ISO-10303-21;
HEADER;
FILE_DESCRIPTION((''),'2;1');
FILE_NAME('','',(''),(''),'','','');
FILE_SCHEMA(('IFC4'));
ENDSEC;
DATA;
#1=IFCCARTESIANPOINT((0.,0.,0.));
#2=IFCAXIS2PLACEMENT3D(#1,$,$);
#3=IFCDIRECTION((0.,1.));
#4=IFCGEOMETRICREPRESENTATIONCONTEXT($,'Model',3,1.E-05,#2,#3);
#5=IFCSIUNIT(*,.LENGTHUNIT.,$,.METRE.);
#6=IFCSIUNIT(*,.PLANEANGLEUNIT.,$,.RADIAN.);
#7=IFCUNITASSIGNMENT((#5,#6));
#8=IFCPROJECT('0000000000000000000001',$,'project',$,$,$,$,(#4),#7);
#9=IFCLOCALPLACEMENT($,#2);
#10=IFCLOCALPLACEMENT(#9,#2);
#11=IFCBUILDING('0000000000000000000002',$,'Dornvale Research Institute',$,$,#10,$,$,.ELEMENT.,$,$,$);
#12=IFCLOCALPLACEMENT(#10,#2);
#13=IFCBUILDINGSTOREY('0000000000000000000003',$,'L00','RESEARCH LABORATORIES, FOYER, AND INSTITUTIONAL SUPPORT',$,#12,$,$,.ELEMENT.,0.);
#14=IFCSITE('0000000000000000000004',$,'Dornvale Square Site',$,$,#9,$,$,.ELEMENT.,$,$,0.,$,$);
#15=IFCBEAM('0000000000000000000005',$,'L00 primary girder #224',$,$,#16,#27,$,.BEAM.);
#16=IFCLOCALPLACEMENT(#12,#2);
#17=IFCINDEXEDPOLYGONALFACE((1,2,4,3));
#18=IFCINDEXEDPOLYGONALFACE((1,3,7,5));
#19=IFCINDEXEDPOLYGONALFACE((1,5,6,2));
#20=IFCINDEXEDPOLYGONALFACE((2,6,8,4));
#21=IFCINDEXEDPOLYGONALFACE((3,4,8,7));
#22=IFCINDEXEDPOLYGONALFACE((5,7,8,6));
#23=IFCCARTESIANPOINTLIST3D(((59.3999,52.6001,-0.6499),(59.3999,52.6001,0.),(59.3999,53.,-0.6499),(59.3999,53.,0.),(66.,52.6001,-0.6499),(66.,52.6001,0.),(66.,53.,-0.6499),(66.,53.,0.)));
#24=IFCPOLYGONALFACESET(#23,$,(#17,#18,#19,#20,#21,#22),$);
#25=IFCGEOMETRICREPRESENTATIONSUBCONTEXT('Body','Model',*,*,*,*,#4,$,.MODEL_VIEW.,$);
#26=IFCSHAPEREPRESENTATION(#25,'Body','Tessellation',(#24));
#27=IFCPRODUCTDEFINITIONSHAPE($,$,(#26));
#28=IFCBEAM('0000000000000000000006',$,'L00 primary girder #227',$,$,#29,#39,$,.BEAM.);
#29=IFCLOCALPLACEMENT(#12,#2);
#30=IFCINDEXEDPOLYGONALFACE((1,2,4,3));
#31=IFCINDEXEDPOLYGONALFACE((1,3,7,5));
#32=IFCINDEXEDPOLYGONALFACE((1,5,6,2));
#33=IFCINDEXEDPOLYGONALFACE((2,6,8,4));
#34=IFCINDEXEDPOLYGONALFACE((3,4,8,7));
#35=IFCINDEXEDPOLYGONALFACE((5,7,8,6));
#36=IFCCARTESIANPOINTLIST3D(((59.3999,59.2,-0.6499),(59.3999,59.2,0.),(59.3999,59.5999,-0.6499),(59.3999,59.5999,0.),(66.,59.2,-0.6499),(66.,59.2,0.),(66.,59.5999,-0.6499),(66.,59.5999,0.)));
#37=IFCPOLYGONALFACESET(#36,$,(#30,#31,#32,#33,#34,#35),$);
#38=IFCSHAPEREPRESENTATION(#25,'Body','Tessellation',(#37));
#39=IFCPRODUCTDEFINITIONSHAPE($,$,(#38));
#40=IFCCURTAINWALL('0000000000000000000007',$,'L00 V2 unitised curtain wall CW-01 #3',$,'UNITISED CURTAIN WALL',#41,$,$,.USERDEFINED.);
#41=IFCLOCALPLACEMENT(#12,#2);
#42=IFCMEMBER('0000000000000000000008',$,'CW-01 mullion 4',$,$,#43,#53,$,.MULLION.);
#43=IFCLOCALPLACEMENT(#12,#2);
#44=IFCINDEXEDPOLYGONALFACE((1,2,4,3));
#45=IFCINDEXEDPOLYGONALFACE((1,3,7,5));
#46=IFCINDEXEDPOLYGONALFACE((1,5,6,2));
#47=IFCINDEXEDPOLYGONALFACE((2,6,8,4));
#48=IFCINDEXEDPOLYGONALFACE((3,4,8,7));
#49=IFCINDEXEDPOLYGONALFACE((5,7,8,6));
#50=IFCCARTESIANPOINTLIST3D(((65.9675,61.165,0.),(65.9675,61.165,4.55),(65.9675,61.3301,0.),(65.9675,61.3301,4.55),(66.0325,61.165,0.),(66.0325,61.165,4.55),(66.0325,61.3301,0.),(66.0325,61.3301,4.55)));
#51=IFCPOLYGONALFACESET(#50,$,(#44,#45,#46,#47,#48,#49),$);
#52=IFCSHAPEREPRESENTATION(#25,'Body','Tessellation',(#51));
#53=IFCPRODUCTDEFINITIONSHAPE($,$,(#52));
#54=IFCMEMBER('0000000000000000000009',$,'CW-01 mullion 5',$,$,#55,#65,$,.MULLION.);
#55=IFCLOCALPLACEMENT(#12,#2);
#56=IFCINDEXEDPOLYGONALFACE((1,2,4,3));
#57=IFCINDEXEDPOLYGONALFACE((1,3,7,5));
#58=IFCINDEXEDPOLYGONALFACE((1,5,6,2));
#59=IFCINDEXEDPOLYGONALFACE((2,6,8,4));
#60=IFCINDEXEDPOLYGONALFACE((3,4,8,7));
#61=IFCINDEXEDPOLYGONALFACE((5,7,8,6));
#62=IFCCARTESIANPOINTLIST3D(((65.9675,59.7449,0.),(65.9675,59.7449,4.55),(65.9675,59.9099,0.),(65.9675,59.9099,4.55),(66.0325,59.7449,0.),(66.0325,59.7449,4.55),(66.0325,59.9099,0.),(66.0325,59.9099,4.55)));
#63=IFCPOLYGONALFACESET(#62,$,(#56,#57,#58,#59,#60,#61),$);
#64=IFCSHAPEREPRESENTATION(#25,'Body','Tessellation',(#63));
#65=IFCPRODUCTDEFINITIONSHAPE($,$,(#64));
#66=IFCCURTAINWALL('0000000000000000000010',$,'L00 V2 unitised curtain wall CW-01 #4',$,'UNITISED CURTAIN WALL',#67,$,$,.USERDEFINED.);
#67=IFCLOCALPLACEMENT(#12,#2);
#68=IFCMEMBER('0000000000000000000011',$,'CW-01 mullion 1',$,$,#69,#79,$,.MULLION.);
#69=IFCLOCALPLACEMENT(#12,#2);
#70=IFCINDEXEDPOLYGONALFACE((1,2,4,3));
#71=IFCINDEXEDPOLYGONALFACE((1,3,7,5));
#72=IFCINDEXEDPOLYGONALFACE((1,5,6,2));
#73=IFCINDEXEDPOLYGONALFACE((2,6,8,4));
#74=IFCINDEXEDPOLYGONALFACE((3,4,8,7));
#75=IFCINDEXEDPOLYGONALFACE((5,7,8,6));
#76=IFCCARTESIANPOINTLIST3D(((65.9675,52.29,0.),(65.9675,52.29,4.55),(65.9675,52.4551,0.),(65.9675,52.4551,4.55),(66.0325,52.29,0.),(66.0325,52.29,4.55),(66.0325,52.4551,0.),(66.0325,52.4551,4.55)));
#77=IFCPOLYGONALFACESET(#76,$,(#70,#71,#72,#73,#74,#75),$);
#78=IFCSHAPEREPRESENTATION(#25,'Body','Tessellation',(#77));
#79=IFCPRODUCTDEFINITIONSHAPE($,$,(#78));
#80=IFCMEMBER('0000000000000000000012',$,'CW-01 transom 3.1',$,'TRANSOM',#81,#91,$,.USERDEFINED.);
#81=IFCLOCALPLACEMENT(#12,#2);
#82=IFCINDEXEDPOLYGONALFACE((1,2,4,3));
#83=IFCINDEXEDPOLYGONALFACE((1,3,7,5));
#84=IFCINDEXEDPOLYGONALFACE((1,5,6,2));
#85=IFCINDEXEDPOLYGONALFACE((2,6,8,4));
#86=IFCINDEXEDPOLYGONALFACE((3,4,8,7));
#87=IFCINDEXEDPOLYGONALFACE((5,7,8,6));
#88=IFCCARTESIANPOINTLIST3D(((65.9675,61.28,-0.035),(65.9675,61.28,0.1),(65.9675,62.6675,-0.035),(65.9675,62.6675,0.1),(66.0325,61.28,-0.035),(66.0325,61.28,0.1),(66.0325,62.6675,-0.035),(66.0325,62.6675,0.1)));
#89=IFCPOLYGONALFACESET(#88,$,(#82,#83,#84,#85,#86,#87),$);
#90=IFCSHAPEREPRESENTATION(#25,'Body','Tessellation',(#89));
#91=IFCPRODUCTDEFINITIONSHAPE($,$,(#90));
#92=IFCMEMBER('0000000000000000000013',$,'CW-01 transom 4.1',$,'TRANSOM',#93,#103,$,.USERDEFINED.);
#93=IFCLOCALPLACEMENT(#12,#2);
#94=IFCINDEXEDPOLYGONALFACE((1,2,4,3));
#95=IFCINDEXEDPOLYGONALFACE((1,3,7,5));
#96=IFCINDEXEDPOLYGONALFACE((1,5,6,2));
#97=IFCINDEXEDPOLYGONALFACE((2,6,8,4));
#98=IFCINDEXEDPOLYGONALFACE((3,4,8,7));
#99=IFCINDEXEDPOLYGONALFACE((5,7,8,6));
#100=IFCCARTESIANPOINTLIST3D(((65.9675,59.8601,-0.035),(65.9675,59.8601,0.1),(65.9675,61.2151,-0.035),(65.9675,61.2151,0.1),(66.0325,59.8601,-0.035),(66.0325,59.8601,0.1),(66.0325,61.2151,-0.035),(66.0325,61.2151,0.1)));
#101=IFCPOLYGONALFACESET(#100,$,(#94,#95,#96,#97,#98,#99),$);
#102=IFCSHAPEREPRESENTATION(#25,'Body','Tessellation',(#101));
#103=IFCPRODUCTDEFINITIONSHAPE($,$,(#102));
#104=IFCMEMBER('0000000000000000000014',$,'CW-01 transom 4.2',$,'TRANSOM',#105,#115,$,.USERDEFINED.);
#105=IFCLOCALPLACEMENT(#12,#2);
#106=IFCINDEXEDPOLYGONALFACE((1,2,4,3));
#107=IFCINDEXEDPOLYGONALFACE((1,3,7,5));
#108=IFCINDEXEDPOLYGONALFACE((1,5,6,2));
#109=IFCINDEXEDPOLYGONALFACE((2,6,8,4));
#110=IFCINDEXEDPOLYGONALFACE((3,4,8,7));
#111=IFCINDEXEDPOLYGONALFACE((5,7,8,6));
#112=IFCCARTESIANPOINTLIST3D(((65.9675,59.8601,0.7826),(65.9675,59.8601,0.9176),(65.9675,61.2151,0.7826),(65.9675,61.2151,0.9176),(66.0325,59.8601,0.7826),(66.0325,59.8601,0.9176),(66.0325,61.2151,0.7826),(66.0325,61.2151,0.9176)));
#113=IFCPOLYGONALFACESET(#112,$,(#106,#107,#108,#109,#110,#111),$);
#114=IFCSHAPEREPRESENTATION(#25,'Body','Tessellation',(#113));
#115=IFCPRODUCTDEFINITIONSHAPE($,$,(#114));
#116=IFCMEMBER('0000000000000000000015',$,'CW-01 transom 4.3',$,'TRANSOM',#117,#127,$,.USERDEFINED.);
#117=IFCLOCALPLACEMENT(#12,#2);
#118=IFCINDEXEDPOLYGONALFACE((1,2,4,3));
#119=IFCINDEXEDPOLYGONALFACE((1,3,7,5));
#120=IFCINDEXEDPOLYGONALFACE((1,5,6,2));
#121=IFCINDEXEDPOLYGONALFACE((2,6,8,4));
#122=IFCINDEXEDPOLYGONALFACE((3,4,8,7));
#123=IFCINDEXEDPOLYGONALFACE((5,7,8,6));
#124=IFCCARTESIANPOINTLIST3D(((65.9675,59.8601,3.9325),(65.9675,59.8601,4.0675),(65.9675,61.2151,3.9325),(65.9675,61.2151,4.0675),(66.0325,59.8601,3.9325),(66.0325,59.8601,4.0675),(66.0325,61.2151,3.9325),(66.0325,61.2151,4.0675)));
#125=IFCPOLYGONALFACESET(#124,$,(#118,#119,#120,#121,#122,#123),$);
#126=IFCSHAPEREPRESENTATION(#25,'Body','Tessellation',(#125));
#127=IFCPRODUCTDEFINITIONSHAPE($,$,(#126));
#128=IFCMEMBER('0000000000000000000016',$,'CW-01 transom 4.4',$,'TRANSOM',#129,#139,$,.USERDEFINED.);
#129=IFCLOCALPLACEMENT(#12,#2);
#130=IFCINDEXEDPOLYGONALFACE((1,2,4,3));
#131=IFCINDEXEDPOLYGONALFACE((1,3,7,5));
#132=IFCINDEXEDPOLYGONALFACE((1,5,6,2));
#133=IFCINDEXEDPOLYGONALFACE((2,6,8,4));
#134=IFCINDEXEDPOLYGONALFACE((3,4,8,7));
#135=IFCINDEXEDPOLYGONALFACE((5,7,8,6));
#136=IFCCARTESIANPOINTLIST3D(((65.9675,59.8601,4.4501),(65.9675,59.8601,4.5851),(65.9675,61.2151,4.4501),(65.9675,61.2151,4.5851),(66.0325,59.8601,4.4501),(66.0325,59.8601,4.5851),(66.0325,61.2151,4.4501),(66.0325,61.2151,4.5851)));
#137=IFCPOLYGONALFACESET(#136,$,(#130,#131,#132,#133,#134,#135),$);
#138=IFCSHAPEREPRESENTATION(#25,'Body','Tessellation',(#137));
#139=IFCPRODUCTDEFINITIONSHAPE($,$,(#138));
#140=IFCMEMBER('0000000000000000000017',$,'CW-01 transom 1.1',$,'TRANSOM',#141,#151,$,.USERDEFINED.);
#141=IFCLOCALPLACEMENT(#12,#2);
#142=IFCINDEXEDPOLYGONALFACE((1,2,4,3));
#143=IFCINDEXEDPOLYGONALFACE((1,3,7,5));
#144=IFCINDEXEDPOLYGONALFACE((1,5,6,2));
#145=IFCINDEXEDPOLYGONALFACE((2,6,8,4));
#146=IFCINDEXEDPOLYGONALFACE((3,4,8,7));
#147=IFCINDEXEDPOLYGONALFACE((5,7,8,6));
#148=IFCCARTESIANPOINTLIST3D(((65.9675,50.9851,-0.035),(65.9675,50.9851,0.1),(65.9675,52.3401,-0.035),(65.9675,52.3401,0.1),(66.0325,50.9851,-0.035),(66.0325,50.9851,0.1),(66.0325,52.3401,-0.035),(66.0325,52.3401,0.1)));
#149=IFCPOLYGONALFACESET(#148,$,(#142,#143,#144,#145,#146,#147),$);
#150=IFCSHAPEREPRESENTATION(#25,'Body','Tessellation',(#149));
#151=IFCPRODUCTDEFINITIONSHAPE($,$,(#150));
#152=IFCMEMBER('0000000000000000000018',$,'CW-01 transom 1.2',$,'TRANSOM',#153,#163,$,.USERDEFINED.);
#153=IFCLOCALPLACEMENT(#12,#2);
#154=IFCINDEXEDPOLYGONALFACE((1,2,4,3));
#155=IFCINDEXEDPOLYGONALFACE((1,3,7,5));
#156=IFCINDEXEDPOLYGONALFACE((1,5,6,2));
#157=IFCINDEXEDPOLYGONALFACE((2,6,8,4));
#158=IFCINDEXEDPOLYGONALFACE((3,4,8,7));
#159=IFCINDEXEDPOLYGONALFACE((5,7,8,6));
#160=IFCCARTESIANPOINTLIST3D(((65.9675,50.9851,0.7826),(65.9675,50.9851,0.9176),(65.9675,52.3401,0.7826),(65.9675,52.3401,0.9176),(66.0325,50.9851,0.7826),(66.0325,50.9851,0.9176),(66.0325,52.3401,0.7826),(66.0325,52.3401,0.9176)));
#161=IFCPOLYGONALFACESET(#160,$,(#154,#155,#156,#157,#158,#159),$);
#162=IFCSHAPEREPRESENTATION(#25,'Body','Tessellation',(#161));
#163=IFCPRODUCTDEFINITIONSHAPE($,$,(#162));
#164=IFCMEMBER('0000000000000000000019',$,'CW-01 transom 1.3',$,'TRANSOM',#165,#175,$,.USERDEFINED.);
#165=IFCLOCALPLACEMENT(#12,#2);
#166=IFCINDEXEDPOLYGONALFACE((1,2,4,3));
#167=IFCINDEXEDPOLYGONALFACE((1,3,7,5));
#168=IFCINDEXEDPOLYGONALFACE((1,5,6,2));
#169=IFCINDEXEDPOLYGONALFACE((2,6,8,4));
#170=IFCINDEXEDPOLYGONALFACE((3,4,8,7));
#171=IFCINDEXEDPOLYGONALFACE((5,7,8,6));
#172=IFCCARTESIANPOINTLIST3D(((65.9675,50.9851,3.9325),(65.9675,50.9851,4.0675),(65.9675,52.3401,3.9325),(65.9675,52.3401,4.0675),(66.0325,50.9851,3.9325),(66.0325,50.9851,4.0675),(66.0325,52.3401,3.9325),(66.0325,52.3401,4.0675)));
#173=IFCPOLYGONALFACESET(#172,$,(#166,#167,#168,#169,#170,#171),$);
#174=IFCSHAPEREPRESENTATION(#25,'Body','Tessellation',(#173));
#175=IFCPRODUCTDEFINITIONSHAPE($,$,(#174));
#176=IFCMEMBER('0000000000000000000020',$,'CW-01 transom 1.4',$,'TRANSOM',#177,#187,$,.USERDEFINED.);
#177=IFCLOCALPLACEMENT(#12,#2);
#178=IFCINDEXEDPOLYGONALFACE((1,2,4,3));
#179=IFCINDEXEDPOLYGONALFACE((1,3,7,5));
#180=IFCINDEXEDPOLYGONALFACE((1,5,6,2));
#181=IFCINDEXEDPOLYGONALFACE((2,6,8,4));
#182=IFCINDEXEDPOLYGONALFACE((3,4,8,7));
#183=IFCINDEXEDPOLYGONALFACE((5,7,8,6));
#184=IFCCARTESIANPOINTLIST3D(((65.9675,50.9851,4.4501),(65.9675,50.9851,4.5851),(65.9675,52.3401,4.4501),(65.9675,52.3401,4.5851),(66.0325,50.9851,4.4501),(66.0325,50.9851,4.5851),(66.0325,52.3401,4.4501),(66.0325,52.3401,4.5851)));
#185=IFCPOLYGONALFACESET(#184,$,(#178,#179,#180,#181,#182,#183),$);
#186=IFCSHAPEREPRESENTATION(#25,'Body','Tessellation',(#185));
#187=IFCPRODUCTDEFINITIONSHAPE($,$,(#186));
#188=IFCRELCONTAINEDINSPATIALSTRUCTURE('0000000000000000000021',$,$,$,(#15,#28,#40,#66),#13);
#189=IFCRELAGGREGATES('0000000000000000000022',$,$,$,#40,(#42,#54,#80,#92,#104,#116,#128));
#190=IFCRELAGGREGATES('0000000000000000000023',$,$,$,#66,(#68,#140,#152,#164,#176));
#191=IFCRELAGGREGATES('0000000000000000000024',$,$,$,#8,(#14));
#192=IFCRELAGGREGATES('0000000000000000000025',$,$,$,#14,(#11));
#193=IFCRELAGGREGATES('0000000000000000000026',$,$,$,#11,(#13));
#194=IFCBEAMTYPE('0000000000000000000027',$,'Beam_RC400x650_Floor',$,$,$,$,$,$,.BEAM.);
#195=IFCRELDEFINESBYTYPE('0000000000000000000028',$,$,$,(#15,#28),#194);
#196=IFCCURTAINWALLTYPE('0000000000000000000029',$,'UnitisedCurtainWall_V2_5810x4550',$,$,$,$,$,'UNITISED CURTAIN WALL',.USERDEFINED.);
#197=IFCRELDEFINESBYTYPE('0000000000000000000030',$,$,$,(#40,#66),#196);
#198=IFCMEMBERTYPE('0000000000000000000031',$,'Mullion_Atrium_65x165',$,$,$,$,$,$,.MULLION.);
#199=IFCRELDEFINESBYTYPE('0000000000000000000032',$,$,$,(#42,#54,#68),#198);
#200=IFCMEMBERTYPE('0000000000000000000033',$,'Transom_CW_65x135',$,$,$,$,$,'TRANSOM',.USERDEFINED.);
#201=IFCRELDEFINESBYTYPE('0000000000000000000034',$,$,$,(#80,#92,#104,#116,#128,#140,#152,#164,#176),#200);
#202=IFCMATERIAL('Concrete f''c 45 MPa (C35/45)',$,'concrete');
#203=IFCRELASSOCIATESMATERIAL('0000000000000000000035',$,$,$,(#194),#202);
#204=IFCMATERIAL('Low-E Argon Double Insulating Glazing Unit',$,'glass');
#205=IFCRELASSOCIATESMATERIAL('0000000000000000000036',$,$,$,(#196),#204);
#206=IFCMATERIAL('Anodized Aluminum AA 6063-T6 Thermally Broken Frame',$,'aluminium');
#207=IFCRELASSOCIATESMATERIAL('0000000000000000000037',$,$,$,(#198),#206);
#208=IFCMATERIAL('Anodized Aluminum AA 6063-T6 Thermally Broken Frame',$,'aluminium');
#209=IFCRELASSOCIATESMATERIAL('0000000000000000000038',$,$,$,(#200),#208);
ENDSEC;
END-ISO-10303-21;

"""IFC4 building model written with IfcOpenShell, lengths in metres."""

from ifc_helpers import new_model, si_unit, direction, frame, origin, origin_2d, place, context, subcontext, project, spatial, rectangle, extrude, material, material_profile, profile_set, type_object, element, aggregate, save


model = new_model("IFC4")

# Units and contexts
model_context = context("Model", 3, precision=1e-05, world=origin(), true_north=direction((0.0, 1.0)))
body_context = subcontext(model_context, "Body", "Model", "MODEL_VIEW")
ifc_project = project(units=[si_unit("LENGTHUNIT", "METRE"), si_unit("PLANEANGLEUNIT", "RADIAN")], contexts=[model_context])

# Site, building, storey
site_placement = place(None, origin())
site = spatial("IfcSite", under=ifc_project, at=site_placement, Name="Dornvale Square Site", CompositionType="ELEMENT", RefElevation=0.0)
building_placement = place(site_placement, origin())
building = spatial("IfcBuilding", under=site, at=building_placement, Name="Dornvale Research Institute", CompositionType="ELEMENT")
storey_placement = place(building_placement, origin())
storey = spatial("IfcBuildingStorey", under=building, at=storey_placement, Name="L00", Description="RESEARCH LABORATORIES, FOYER, AND INSTITUTIONAL SUPPORT", CompositionType="ELEMENT", Elevation=0.0)

# Beams
ifc_material_1 = material(Name="Concrete f'c 45 MPa (C35/45)", Category="concrete")
ifc_material_profile_1 = material_profile(ifc_material_1, rectangle(XDim=0.3999, YDim=0.6499, at=origin_2d()), Name="RC 400x650")
ifc_profile_set_1 = profile_set([ifc_material_profile_1], Name="Concrete f'c 45 MPa (C35/45)")
beam_type_1 = type_object("IfcBeamType", Name="Beam_RC400x650_Floor", PredefinedType="BEAM", material=ifc_profile_set_1)
for number, where, z_axis, x_axis, name in (
    (1, (59.3999, 52.8, -0.325), (1.0, 0.0, 0.0), (0.0, 1.0, 0.0), "L00 primary girder #224"),
    (2, (59.3999, 59.3999, -0.325), (1.0, 0.0, 0.0), (0.0, 1.0, 0.0), "L00 primary girder #227"),
):
    element("IfcBeam", number, at=place(storey_placement, frame(where, z_axis=z_axis, x_axis=x_axis)), inside=storey, type_object=beam_type_1, Name=name, PredefinedType="BEAM", context=body_context, shape_type="SweptSolid", body=[
        extrude(rectangle(XDim=0.3999, YDim=0.6499, at=origin_2d()), origin(), (0.0, 0.0, 1.0), 6.6001),
    ])

# Curtain wall, members
ifc_material_2 = material(Name="Low-E Argon Double Insulating Glazing Unit", Category="glass")
curtain_wall_type = type_object("IfcCurtainWallType", Name="UnitisedCurtainWall_V2_5810x4550", ElementType="UNITISED CURTAIN WALL", PredefinedType="USERDEFINED", material=ifc_material_2)
curtain_wall_1_placement = place(storey_placement, origin())
curtain_wall_1 = element("IfcCurtainWall", 3, at=curtain_wall_1_placement, inside=storey, type_object=curtain_wall_type, Name="L00 V2 unitised curtain wall CW-01 #3", ObjectType="UNITISED CURTAIN WALL", PredefinedType="USERDEFINED")
ifc_material_3 = material(Name="Anodized Aluminum AA 6063-T6 Thermally Broken Frame", Category="aluminium")
ifc_material_profile_2 = material_profile(ifc_material_3, rectangle(XDim=0.0649, YDim=0.165, at=origin_2d()), Name="ALU MULLION 65x165")
ifc_profile_set_2 = profile_set([ifc_material_profile_2], Name="Anodized Aluminum AA 6063-T6 Thermally Broken Frame")
member_type_1 = type_object("IfcMemberType", Name="Mullion_Atrium_65x165", PredefinedType="MULLION", material=ifc_profile_set_2)
member_1_placement = place(storey_placement, frame((66.0, 61.2476, 0.0), z_axis=(0.0, 0.0, 1.0), x_axis=(1.0, 0.0, 0.0)))
member_1 = element("IfcMember", 4, at=member_1_placement, type_object=member_type_1, Name="CW-01 mullion 4", PredefinedType="MULLION", context=body_context, shape_type="SweptSolid", body=[
    extrude(rectangle(XDim=0.0649, YDim=0.165, at=origin_2d()), origin(), (0.0, 0.0, 1.0), 4.55),
])
member_2_placement = place(storey_placement, frame((66.0, 59.8274, 0.0), z_axis=(0.0, 0.0, 1.0), x_axis=(1.0, 0.0, 0.0)))
member_2 = element("IfcMember", 5, at=member_2_placement, type_object=member_type_1, Name="CW-01 mullion 5", PredefinedType="MULLION", context=body_context, shape_type="SweptSolid", body=[
    extrude(rectangle(XDim=0.0649, YDim=0.165, at=origin_2d()), origin(), (0.0, 0.0, 1.0), 4.55),
])

# Curtain wall, member
curtain_wall_2_placement = place(storey_placement, origin())
curtain_wall_2 = element("IfcCurtainWall", 6, at=curtain_wall_2_placement, inside=storey, type_object=curtain_wall_type, Name="L00 V2 unitised curtain wall CW-01 #4", ObjectType="UNITISED CURTAIN WALL", PredefinedType="USERDEFINED")
member_3_placement = place(storey_placement, frame((66.0, 52.3726, 0.0), z_axis=(0.0, 0.0, 1.0), x_axis=(1.0, 0.0, 0.0)))
member_3 = element("IfcMember", 7, at=member_3_placement, type_object=member_type_1, Name="CW-01 mullion 1", PredefinedType="MULLION", context=body_context, shape_type="SweptSolid", body=[
    extrude(rectangle(XDim=0.0649, YDim=0.165, at=origin_2d()), origin(), (0.0, 0.0, 1.0), 4.55),
])

# Members
ifc_material_4 = material(Name="Anodized Aluminum AA 6063-T6 Thermally Broken Frame", Category="aluminium")
ifc_material_profile_3 = material_profile(ifc_material_4, rectangle(XDim=0.0649, YDim=0.135, at=origin_2d()), Name="ALU TRANSOM 65x135")
ifc_profile_set_3 = profile_set([ifc_material_profile_3], Name="Anodized Aluminum AA 6063-T6 Thermally Broken Frame")
member_type_2 = type_object("IfcMemberType", Name="Transom_CW_65x135", ElementType="TRANSOM", PredefinedType="USERDEFINED", material=ifc_profile_set_3)
member_4_placement = place(storey_placement, frame((66.0, 62.6675, 0.0325), z_axis=(0.0, -1.0, 0.0), x_axis=(1.0, 0.0, 0.0)))
member_4 = element("IfcMember", 8, at=member_4_placement, type_object=member_type_2, Name="CW-01 transom 3.1", ObjectType="TRANSOM", PredefinedType="USERDEFINED", context=body_context, shape_type="SweptSolid", body=[
    extrude(rectangle(XDim=0.0649, YDim=0.135, at=origin_2d()), origin(), (0.0, 0.0, 1.0), 1.3875),
])
member_5_placement = place(storey_placement, frame((66.0, 61.2151, 0.0325), z_axis=(0.0, -1.0, 0.0), x_axis=(1.0, 0.0, 0.0)))
member_5 = element("IfcMember", 9, at=member_5_placement, type_object=member_type_2, Name="CW-01 transom 4.1", ObjectType="TRANSOM", PredefinedType="USERDEFINED", context=body_context, shape_type="SweptSolid", body=[
    extrude(rectangle(XDim=0.0649, YDim=0.135, at=origin_2d()), origin(), (0.0, 0.0, 1.0), 1.355),
])
member_6_placement = place(storey_placement, frame((66.0, 61.2151, 0.8501), z_axis=(0.0, -1.0, 0.0), x_axis=(1.0, 0.0, 0.0)))
member_6 = element("IfcMember", 10, at=member_6_placement, type_object=member_type_2, Name="CW-01 transom 4.2", ObjectType="TRANSOM", PredefinedType="USERDEFINED", context=body_context, shape_type="SweptSolid", body=[
    extrude(rectangle(XDim=0.0649, YDim=0.135, at=origin_2d()), origin(), (0.0, 0.0, 1.0), 1.355),
])
member_7_placement = place(storey_placement, frame((66.0, 61.2151, 4.0), z_axis=(0.0, -1.0, 0.0), x_axis=(1.0, 0.0, 0.0)))
member_7 = element("IfcMember", 11, at=member_7_placement, type_object=member_type_2, Name="CW-01 transom 4.3", ObjectType="TRANSOM", PredefinedType="USERDEFINED", context=body_context, shape_type="SweptSolid", body=[
    extrude(rectangle(XDim=0.0649, YDim=0.135, at=origin_2d()), origin(), (0.0, 0.0, 1.0), 1.355),
])
member_8_placement = place(storey_placement, frame((66.0, 61.2151, 4.5176), z_axis=(0.0, -1.0, 0.0), x_axis=(1.0, 0.0, 0.0)))
member_8 = element("IfcMember", 12, at=member_8_placement, type_object=member_type_2, Name="CW-01 transom 4.4", ObjectType="TRANSOM", PredefinedType="USERDEFINED", context=body_context, shape_type="SweptSolid", body=[
    extrude(rectangle(XDim=0.0649, YDim=0.135, at=origin_2d()), origin(), (0.0, 0.0, 1.0), 1.355),
])
member_9_placement = place(storey_placement, frame((66.0, 52.3401, 0.0325), z_axis=(0.0, -1.0, 0.0), x_axis=(1.0, 0.0, 0.0)))
member_9 = element("IfcMember", 13, at=member_9_placement, type_object=member_type_2, Name="CW-01 transom 1.1", ObjectType="TRANSOM", PredefinedType="USERDEFINED", context=body_context, shape_type="SweptSolid", body=[
    extrude(rectangle(XDim=0.0649, YDim=0.135, at=origin_2d()), origin(), (0.0, 0.0, 1.0), 1.355),
])
member_10_placement = place(storey_placement, frame((66.0, 52.3401, 0.8501), z_axis=(0.0, -1.0, 0.0), x_axis=(1.0, 0.0, 0.0)))
member_10 = element("IfcMember", 14, at=member_10_placement, type_object=member_type_2, Name="CW-01 transom 1.2", ObjectType="TRANSOM", PredefinedType="USERDEFINED", context=body_context, shape_type="SweptSolid", body=[
    extrude(rectangle(XDim=0.0649, YDim=0.135, at=origin_2d()), origin(), (0.0, 0.0, 1.0), 1.355),
])
member_11_placement = place(storey_placement, frame((66.0, 52.3401, 4.0), z_axis=(0.0, -1.0, 0.0), x_axis=(1.0, 0.0, 0.0)))
member_11 = element("IfcMember", 15, at=member_11_placement, type_object=member_type_2, Name="CW-01 transom 1.3", ObjectType="TRANSOM", PredefinedType="USERDEFINED", context=body_context, shape_type="SweptSolid", body=[
    extrude(rectangle(XDim=0.0649, YDim=0.135, at=origin_2d()), origin(), (0.0, 0.0, 1.0), 1.355),
])
member_12_placement = place(storey_placement, frame((66.0, 52.3401, 4.5176), z_axis=(0.0, -1.0, 0.0), x_axis=(1.0, 0.0, 0.0)))
member_12 = element("IfcMember", 16, at=member_12_placement, type_object=member_type_2, Name="CW-01 transom 1.4", ObjectType="TRANSOM", PredefinedType="USERDEFINED", context=body_context, shape_type="SweptSolid", body=[
    extrude(rectangle(XDim=0.0649, YDim=0.135, at=origin_2d()), origin(), (0.0, 0.0, 1.0), 1.355),
])

aggregate(curtain_wall_1, [member_1, member_2, member_4, member_5, member_6, member_7, member_8])
aggregate(curtain_wall_2, [member_3, member_9, member_10, member_11, member_12])

save(model, "model.ifc")
